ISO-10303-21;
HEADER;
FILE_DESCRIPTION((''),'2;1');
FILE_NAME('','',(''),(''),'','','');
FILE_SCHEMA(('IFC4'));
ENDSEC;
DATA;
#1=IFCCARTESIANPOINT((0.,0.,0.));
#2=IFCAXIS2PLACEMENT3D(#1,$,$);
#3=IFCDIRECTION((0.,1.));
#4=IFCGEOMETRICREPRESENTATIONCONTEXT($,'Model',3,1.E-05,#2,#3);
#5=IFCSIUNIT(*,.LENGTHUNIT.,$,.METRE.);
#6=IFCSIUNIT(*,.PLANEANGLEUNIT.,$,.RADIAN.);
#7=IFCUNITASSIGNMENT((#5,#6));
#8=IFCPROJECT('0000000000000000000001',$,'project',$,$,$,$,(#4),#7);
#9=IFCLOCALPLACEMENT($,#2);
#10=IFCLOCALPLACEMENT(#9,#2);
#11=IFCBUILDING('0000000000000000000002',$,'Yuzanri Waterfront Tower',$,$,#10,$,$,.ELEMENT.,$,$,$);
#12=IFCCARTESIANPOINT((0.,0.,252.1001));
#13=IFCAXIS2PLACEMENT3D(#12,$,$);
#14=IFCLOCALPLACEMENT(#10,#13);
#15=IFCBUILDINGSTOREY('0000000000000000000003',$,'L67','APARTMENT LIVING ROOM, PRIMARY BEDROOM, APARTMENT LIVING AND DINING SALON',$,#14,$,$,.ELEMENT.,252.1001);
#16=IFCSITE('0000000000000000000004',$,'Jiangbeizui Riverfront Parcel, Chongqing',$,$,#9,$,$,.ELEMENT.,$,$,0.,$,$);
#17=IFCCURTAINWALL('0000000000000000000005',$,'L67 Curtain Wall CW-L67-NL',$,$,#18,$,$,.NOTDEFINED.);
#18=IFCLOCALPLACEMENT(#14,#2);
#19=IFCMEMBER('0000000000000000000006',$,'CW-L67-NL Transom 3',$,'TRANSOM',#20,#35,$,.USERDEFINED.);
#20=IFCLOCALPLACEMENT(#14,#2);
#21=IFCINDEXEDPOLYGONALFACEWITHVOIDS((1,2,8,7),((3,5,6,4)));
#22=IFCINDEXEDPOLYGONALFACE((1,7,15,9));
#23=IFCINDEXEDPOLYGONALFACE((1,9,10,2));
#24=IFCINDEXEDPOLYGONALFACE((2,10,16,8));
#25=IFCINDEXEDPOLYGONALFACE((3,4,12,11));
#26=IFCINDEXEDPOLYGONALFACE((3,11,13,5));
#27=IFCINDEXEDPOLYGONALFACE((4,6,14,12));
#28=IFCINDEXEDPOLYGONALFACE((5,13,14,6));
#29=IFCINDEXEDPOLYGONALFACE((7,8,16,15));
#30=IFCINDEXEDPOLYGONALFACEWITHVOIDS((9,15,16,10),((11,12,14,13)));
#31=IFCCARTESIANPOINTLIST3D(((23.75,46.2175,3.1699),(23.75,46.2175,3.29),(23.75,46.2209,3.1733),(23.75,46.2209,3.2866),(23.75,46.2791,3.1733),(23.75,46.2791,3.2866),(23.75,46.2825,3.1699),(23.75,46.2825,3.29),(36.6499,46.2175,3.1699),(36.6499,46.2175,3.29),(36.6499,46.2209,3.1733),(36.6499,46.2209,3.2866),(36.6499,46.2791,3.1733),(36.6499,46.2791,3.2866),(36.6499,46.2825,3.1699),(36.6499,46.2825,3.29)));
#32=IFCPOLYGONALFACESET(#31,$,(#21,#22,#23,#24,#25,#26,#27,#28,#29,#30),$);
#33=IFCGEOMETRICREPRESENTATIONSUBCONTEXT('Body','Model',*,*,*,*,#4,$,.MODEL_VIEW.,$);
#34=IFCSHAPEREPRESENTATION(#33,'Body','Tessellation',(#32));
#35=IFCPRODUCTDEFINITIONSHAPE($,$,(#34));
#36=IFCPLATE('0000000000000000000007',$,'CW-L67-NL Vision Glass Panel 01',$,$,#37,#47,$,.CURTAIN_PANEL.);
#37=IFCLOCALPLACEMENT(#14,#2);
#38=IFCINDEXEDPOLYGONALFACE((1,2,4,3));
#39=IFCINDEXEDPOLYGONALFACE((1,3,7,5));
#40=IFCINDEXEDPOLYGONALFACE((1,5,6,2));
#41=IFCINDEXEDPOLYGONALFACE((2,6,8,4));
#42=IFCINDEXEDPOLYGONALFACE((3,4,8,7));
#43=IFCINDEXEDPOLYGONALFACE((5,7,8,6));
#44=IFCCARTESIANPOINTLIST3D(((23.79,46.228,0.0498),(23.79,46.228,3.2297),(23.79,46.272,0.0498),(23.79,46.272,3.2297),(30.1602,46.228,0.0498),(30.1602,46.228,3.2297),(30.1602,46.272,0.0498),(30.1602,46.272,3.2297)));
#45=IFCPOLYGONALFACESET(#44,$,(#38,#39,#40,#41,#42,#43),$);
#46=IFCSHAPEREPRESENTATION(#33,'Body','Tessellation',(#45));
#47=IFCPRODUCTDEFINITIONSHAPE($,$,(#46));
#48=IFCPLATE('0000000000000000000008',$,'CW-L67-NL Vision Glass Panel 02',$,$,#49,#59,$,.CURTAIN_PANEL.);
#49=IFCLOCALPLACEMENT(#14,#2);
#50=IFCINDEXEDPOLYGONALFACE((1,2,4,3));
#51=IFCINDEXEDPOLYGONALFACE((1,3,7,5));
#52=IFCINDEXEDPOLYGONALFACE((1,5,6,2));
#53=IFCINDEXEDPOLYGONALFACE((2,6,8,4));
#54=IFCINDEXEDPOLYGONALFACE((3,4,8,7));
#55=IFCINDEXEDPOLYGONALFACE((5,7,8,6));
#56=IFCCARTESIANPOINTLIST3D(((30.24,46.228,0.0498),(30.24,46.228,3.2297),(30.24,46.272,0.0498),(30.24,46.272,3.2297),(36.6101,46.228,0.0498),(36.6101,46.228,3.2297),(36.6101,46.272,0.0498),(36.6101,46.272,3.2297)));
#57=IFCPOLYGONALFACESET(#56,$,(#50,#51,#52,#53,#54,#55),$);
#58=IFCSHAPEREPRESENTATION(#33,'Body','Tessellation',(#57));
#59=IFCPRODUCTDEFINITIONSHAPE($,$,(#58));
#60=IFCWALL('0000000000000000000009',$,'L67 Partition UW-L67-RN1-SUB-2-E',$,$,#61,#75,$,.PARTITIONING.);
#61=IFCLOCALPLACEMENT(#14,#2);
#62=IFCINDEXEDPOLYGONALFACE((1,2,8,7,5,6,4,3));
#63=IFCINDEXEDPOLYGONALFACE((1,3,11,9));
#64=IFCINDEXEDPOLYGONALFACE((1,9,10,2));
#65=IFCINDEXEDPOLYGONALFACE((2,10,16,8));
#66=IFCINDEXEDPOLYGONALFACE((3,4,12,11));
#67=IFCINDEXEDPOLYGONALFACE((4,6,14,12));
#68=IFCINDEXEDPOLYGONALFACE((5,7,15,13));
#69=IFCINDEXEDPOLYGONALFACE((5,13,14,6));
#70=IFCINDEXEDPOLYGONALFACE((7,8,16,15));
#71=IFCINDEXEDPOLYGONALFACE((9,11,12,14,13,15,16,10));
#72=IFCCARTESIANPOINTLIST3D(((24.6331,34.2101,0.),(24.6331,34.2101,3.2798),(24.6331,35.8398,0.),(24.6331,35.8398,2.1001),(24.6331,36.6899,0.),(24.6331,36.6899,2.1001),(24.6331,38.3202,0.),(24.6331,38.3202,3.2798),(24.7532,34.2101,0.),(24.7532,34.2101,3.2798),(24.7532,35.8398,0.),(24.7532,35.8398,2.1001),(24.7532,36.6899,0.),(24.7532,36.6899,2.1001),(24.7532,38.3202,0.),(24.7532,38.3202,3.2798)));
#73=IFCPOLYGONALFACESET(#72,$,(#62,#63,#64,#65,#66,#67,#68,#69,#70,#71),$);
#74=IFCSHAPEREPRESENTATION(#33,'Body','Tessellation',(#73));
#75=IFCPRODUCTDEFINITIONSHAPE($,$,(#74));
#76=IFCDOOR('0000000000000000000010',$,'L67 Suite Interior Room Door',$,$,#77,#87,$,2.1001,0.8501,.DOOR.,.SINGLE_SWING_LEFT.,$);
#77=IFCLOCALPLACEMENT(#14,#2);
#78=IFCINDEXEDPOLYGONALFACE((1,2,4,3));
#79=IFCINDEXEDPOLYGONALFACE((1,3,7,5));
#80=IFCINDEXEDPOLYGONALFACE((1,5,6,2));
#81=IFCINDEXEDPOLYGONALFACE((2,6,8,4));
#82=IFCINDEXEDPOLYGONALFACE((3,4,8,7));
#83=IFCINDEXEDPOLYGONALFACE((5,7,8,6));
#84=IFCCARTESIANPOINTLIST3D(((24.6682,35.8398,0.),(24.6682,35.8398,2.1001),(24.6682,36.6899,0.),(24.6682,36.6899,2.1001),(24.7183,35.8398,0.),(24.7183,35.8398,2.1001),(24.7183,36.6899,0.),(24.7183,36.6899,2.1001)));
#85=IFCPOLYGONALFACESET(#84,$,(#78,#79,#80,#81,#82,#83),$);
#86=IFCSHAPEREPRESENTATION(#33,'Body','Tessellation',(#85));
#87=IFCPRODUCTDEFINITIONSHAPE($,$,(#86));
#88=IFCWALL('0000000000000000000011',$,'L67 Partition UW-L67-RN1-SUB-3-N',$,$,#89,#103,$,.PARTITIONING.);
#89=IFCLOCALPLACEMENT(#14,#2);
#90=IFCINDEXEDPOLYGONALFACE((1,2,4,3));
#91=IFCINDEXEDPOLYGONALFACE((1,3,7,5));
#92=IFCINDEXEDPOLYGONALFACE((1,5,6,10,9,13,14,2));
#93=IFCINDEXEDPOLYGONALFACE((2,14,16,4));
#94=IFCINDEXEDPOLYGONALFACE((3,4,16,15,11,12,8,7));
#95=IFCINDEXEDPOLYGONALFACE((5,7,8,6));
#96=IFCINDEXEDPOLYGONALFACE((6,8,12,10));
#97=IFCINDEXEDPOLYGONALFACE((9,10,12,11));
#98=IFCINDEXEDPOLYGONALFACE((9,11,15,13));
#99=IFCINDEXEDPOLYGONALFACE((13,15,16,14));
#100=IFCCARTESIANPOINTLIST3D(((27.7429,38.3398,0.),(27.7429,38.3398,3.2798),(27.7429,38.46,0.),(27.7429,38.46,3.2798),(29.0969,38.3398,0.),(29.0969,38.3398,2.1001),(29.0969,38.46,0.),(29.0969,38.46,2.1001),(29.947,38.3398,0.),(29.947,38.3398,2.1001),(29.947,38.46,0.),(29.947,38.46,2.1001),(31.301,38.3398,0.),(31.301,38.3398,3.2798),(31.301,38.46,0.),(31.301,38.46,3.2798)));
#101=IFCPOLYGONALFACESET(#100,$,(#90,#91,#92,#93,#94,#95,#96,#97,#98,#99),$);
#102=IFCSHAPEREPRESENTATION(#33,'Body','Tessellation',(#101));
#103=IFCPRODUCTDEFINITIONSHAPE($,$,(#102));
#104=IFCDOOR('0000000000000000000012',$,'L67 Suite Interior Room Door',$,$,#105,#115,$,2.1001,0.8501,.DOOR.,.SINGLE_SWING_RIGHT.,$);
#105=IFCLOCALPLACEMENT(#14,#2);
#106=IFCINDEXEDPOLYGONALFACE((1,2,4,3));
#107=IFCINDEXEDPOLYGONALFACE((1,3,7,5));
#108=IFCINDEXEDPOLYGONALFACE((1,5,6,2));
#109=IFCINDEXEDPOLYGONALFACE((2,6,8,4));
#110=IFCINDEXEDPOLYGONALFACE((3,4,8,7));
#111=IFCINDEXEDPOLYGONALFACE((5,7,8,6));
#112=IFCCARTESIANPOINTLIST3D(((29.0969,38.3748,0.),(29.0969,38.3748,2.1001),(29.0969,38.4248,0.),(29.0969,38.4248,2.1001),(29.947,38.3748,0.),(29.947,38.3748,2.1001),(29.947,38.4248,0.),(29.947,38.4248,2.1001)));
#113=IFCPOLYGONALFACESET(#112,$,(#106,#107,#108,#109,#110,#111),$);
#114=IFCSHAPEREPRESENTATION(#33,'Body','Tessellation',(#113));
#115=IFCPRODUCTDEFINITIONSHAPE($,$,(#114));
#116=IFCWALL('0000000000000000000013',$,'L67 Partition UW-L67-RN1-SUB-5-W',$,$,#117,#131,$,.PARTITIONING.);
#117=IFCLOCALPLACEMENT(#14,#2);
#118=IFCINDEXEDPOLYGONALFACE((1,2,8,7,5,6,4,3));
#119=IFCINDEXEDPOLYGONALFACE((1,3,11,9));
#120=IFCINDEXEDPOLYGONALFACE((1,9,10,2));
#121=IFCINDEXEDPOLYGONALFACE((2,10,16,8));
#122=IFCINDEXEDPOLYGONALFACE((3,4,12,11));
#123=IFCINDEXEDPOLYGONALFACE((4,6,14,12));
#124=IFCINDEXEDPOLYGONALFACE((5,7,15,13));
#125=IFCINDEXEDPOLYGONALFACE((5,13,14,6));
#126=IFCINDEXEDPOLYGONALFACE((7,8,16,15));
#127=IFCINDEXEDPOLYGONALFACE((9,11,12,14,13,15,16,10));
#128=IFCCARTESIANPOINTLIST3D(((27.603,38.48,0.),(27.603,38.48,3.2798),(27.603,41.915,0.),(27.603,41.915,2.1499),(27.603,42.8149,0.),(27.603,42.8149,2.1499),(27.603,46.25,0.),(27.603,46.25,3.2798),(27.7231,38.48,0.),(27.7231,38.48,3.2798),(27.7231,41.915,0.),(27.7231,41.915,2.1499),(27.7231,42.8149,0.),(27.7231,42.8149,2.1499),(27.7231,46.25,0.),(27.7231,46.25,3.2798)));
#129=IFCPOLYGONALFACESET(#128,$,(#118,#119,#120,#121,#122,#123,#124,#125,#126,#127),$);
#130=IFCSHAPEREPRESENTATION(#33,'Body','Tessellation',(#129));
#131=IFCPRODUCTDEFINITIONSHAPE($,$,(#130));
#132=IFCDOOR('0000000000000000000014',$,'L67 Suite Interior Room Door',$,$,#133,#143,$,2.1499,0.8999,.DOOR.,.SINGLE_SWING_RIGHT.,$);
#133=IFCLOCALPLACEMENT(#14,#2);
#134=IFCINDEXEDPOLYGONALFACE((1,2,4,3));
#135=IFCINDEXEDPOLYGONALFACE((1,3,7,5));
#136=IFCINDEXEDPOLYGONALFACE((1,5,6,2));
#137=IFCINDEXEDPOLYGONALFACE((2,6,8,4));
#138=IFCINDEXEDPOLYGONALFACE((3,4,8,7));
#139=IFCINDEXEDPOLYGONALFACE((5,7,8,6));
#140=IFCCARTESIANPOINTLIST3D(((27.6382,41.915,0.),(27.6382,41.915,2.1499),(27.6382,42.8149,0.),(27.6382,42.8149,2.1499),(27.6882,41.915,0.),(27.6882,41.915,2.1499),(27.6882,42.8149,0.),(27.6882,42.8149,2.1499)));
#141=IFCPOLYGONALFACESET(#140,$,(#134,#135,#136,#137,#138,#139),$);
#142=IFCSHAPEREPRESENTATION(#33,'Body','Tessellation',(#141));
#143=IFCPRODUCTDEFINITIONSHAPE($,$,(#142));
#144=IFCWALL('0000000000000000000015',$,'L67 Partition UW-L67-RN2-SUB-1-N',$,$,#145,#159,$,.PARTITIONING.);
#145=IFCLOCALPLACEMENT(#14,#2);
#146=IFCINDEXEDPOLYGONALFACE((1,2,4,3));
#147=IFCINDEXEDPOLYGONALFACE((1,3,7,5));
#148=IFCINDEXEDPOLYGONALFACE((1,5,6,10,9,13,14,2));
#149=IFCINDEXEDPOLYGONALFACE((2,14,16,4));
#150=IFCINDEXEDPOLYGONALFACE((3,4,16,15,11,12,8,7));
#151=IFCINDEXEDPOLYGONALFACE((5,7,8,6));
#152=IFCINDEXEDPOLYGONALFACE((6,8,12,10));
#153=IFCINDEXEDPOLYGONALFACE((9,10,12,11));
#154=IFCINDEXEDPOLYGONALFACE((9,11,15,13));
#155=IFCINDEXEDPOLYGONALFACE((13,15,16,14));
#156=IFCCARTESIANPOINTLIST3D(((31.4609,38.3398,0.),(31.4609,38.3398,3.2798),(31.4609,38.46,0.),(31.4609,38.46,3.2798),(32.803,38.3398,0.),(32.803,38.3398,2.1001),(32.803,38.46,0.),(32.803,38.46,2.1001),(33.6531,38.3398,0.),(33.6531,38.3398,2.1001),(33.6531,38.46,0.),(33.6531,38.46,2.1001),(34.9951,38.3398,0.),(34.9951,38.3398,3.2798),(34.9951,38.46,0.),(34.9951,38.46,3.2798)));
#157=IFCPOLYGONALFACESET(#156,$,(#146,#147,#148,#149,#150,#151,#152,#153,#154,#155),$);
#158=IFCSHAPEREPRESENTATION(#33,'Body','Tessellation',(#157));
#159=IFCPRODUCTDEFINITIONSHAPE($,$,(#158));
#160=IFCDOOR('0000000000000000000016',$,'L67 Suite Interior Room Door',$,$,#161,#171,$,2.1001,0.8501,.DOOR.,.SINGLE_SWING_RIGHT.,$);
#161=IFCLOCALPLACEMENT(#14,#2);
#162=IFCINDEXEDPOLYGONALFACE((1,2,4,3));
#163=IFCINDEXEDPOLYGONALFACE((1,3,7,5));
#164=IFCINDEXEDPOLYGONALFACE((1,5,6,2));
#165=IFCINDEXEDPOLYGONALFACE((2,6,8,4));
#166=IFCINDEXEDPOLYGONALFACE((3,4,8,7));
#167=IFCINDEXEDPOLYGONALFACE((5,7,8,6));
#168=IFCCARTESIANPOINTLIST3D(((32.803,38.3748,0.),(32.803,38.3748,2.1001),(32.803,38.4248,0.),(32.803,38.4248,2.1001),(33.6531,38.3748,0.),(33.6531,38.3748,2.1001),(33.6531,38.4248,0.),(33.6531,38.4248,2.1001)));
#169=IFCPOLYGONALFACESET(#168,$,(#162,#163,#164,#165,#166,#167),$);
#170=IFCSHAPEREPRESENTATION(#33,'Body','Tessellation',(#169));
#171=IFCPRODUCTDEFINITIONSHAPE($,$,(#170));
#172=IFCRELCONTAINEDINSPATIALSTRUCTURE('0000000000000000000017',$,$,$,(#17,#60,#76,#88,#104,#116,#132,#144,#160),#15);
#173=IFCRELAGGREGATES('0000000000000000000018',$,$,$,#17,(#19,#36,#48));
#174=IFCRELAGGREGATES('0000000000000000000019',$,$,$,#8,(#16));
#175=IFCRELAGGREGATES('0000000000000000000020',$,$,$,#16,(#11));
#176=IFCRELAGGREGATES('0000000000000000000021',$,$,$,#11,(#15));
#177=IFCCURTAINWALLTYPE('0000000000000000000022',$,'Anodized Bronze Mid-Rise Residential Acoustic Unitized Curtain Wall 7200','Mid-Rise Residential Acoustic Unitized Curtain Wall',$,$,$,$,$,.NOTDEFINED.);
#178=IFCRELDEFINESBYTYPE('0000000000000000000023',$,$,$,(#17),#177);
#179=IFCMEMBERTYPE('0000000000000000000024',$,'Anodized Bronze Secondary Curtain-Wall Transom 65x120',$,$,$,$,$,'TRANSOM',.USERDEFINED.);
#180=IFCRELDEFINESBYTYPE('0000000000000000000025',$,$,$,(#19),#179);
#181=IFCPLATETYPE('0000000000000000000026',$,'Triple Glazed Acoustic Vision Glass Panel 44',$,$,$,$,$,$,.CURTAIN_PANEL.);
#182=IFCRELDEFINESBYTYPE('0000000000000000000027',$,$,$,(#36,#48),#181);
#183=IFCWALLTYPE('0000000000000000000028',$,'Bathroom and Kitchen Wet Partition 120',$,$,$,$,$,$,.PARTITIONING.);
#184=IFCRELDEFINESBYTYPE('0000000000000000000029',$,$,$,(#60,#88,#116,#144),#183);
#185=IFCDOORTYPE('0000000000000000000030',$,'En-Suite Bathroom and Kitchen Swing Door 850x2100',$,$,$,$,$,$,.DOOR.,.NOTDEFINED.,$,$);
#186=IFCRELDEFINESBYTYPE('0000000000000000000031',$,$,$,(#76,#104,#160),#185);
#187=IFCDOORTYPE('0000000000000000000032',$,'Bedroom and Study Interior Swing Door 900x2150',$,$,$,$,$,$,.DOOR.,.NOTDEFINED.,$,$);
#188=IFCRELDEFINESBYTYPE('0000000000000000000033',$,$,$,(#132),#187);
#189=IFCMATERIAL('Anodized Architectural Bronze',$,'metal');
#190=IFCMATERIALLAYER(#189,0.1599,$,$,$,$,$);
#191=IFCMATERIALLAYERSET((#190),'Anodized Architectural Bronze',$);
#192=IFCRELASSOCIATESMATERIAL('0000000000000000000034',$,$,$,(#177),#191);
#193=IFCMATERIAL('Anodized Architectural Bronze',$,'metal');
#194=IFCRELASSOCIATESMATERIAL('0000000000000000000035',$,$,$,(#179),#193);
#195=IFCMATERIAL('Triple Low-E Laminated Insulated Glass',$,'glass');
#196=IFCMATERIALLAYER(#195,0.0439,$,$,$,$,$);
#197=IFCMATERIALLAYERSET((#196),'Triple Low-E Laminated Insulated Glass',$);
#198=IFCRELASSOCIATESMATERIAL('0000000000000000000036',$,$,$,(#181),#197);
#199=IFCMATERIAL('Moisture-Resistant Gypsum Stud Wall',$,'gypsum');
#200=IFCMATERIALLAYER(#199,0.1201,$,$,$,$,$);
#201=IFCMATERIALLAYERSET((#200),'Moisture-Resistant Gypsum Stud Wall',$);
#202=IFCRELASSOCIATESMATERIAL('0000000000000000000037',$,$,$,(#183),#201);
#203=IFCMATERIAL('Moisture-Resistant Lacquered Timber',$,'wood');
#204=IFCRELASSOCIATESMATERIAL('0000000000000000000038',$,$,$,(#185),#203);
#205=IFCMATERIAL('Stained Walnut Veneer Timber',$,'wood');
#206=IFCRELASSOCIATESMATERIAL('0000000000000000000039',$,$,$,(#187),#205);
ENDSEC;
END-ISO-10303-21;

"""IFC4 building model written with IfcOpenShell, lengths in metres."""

from ifc_helpers import new_model, si_unit, direction, frame, frame_2d, origin, origin_2d, place, context, subcontext, project, spatial, rectangle, hollow_rectangle, extrude, source, transform, mapped, material, layer, layer_set, material_profile, profile_set, type_object, element, fill, aggregate, save


model = new_model("IFC4")

# Units and contexts
model_context = context("Model", 3, precision=1e-05, world=origin(), true_north=direction((0.0, 1.0)))
body_context = subcontext(model_context, "Body", "Model", "MODEL_VIEW")
ifc_project = project(units=[si_unit("LENGTHUNIT", "METRE"), si_unit("PLANEANGLEUNIT", "RADIAN")], contexts=[model_context])

# Site, building, storey
site_placement = place(None, origin())
site = spatial("IfcSite", under=ifc_project, at=site_placement, Name="Jiangbeizui Riverfront Parcel, Chongqing", CompositionType="ELEMENT", RefElevation=0.0)
building_placement = place(site_placement, origin())
building = spatial("IfcBuilding", under=site, at=building_placement, Name="Yuzanri Waterfront Tower", CompositionType="ELEMENT")
storey_placement = place(building_placement, frame((0.0, 0.0, 252.1001)))
storey = spatial("IfcBuildingStorey", under=building, at=storey_placement, Name="L67", Description="APARTMENT LIVING ROOM, PRIMARY BEDROOM, APARTMENT LIVING AND DINING SALON", CompositionType="ELEMENT", Elevation=252.1001)

# Curtain wall, member, plates
ifc_material_1 = material(Name="Anodized Architectural Bronze", Category="metal")
ifc_layer_1 = layer(ifc_material_1, 0.1599)
ifc_layer_set_1 = layer_set([ifc_layer_1], Name="Anodized Architectural Bronze")
curtain_wall_type = type_object("IfcCurtainWallType", Name="Anodized Bronze Mid-Rise Residential Acoustic Unitized Curtain Wall 7200", Description="Mid-Rise Residential Acoustic Unitized Curtain Wall", PredefinedType="NOTDEFINED", material=ifc_layer_set_1)
curtain_wall_placement = place(storey_placement, origin())
curtain_wall = element("IfcCurtainWall", 1, at=curtain_wall_placement, inside=storey, type_object=curtain_wall_type, Name="L67 Curtain Wall CW-L67-NL", PredefinedType="NOTDEFINED")
ifc_material_2 = material(Name="Anodized Architectural Bronze", Category="metal")
ifc_material_profile_1 = material_profile(ifc_material_2, hollow_rectangle(XDim=0.0649, YDim=0.1201, WallThickness=0.0034, at=origin_2d()), Name="CWT 65x120")
ifc_profile_set_1 = profile_set([ifc_material_profile_1], Name="Anodized Architectural Bronze")
member_type_1 = type_object("IfcMemberType", Name="Anodized Bronze Secondary Curtain-Wall Transom 65x120", ElementType="TRANSOM", PredefinedType="USERDEFINED", material=ifc_profile_set_1)
shared_shape_1 = source(origin(), body_context, "Body", "SweptSolid", [
    extrude(hollow_rectangle(XDim=0.0649, YDim=0.1201, WallThickness=0.0034, at=origin_2d()), origin(), (0.0, 0.0, 1.0), 12.8999),
])
member_1_placement = place(storey_placement, frame((23.75, 46.25, 3.23), z_axis=(1.0, 0.0, 0.0), x_axis=(0.0, 1.0, 0.0)))
member_1 = element("IfcMember", 2, at=member_1_placement, type_object=member_type_1, Name="CW-L67-NL Transom 3", ObjectType="TRANSOM", PredefinedType="USERDEFINED", context=body_context, shape_type="MappedRepresentation", body=[
    mapped(shared_shape_1, transform((0.0, 0.0, 0.0), scale=1.0)),
])
ifc_material_3 = material(Name="Triple Low-E Laminated Insulated Glass", Category="glass")
ifc_layer_2 = layer(ifc_material_3, 0.0439)
ifc_layer_set_2 = layer_set([ifc_layer_2], Name="Triple Low-E Laminated Insulated Glass")
plate_type = type_object("IfcPlateType", Name="Triple Glazed Acoustic Vision Glass Panel 44", PredefinedType="CURTAIN_PANEL", material=ifc_layer_set_2)
shared_shape_2 = source(origin(), body_context, "Body", "SweptSolid", [
    extrude(rectangle(XDim=6.3701, YDim=0.0439, at=origin_2d()), origin(), (0.0, 0.0, 1.0), 3.1799),
])
plate_1_placement = place(storey_placement, frame((26.9751, 46.25, 0.0498), z_axis=(0.0, 0.0, 1.0), x_axis=(1.0, 0.0, 0.0)))
plate_1 = element("IfcPlate", 3, at=plate_1_placement, type_object=plate_type, Name="CW-L67-NL Vision Glass Panel 01", PredefinedType="CURTAIN_PANEL", context=body_context, shape_type="MappedRepresentation", body=[
    mapped(shared_shape_2, transform((0.0, 0.0, 0.0), scale=1.0)),
])
plate_2_placement = place(storey_placement, frame((33.425, 46.25, 0.0498), z_axis=(0.0, 0.0, 1.0), x_axis=(1.0, 0.0, 0.0)))
plate_2 = element("IfcPlate", 4, at=plate_2_placement, type_object=plate_type, Name="CW-L67-NL Vision Glass Panel 02", PredefinedType="CURTAIN_PANEL", context=body_context, shape_type="MappedRepresentation", body=[
    mapped(shared_shape_2, transform((0.0, 0.0, 0.0), scale=1.0)),
])
aggregate(curtain_wall, [member_1, plate_1, plate_2])

# Walls, openings, doors
ifc_material_4 = material(Name="Moisture-Resistant Gypsum Stud Wall", Category="gypsum")
ifc_layer_3 = layer(ifc_material_4, 0.1201)
ifc_layer_set_3 = layer_set([ifc_layer_3], Name="Moisture-Resistant Gypsum Stud Wall")
wall_type_1 = type_object("IfcWallType", Name="Bathroom and Kitchen Wet Partition 120", PredefinedType="PARTITIONING", material=ifc_layer_set_3)
wall_1_placement = place(storey_placement, frame((24.6931, 34.21, 0.0), z_axis=(0.0, 0.0, 1.0), x_axis=(0.0, 1.0, 0.0)))
wall_1 = element("IfcWall", 5, at=wall_1_placement, inside=storey, type_object=wall_type_1, Name="L67 Partition UW-L67-RN1-SUB-2-E", PredefinedType="PARTITIONING", context=body_context, shape_type="SweptSolid", body=[
    extrude(rectangle(XDim=4.1101, YDim=0.1201, at=frame_2d((2.0552, 0.0))), origin(), (0.0, 0.0, 1.0), 3.2798),
])
opening_1_placement = place(wall_1_placement, frame((1.6299, 0.0, 0.0)))
opening_1 = element("IfcOpeningElement", 6, at=opening_1_placement, cuts=wall_1, PredefinedType="OPENING", context=body_context, shape_type="SweptSolid", body=[
    extrude(rectangle(XDim=0.8501, YDim=2.1001, at=frame_2d((0.425, 1.05))), frame((0.0, 0.075, 0.0), z_axis=(0.0, -1.0, 0.0), x_axis=(1.0, 0.0, 0.0)), (0.0, 0.0, 1.0), 0.1499),
])
ifc_material_5 = material(Name="Moisture-Resistant Lacquered Timber", Category="wood")
door_type_1 = type_object("IfcDoorType", Name="En-Suite Bathroom and Kitchen Swing Door 850x2100", OperationType="NOTDEFINED", PredefinedType="DOOR", material=ifc_material_5)
shared_shape_3 = source(origin(), body_context, "Body", "SweptSolid", [
    extrude(rectangle(XDim=0.8501, YDim=2.1001, at=frame_2d((0.425, 1.05))), frame((0.0, 0.0249, 0.0), z_axis=(0.0, -1.0, 0.0), x_axis=(1.0, 0.0, 0.0)), (0.0, 0.0, 1.0), 0.05),
])
door_1_placement = place(opening_1_placement, origin())
door_1 = element("IfcDoor", 7, at=door_1_placement, inside=storey, type_object=door_type_1, Name="L67 Suite Interior Room Door", OperationType="SINGLE_SWING_LEFT", OverallHeight=2.1001, OverallWidth=0.8501, PredefinedType="DOOR", context=body_context, shape_type="MappedRepresentation", body=[
    mapped(shared_shape_3, transform((0.0, 0.0, 0.0), scale=1.0)),
])
fill(opening_1, door_1)
wall_2_placement = place(storey_placement, frame((27.7429, 38.3999, 0.0), z_axis=(0.0, 0.0, 1.0), x_axis=(1.0, 0.0, 0.0)))
wall_2 = element("IfcWall", 8, at=wall_2_placement, inside=storey, type_object=wall_type_1, Name="L67 Partition UW-L67-RN1-SUB-3-N", PredefinedType="PARTITIONING", context=body_context, shape_type="SweptSolid", body=[
    extrude(rectangle(XDim=3.5581, YDim=0.1201, at=frame_2d((1.7791, 0.0))), origin(), (0.0, 0.0, 1.0), 3.2798),
])
opening_2_placement = place(wall_2_placement, frame((1.354, 0.0, 0.0)))
opening_2 = element("IfcOpeningElement", 9, at=opening_2_placement, cuts=wall_2, PredefinedType="OPENING", context=body_context, shape_type="SweptSolid", body=[
    extrude(rectangle(XDim=0.8501, YDim=2.1001, at=frame_2d((0.425, 1.05))), frame((0.0, 0.075, 0.0), z_axis=(0.0, -1.0, 0.0), x_axis=(1.0, 0.0, 0.0)), (0.0, 0.0, 1.0), 0.1499),
])
door_2_placement = place(opening_2_placement, origin())
door_2 = element("IfcDoor", 10, at=door_2_placement, inside=storey, type_object=door_type_1, Name="L67 Suite Interior Room Door", OperationType="SINGLE_SWING_RIGHT", OverallHeight=2.1001, OverallWidth=0.8501, PredefinedType="DOOR", context=body_context, shape_type="MappedRepresentation", body=[
    mapped(shared_shape_3, transform((0.0, 0.0, 0.0), scale=1.0)),
])
fill(opening_2, door_2)
wall_3_placement = place(storey_placement, frame((27.6631, 38.48, 0.0), z_axis=(0.0, 0.0, 1.0), x_axis=(0.0, 1.0, 0.0)))
wall_3 = element("IfcWall", 11, at=wall_3_placement, inside=storey, type_object=wall_type_1, Name="L67 Partition UW-L67-RN1-SUB-5-W", PredefinedType="PARTITIONING", context=body_context, shape_type="SweptSolid", body=[
    extrude(rectangle(XDim=7.77, YDim=0.1201, at=frame_2d((3.885, 0.0))), origin(), (0.0, 0.0, 1.0), 3.2798),
])
opening_3_placement = place(wall_3_placement, frame((3.4351, 0.0, 0.0)))
opening_3 = element("IfcOpeningElement", 12, at=opening_3_placement, cuts=wall_3, PredefinedType="OPENING", context=body_context, shape_type="SweptSolid", body=[
    extrude(rectangle(XDim=0.8999, YDim=2.1499, at=frame_2d((0.45, 1.075))), frame((0.0, 0.075, 0.0), z_axis=(0.0, -1.0, 0.0), x_axis=(1.0, 0.0, 0.0)), (0.0, 0.0, 1.0), 0.1499),
])
ifc_material_6 = material(Name="Stained Walnut Veneer Timber", Category="wood")
door_type_2 = type_object("IfcDoorType", Name="Bedroom and Study Interior Swing Door 900x2150", OperationType="NOTDEFINED", PredefinedType="DOOR", material=ifc_material_6)
shared_shape_4 = source(origin(), body_context, "Body", "SweptSolid", [
    extrude(rectangle(XDim=0.8999, YDim=2.1499, at=frame_2d((0.45, 1.075))), frame((0.0, 0.0249, 0.0), z_axis=(0.0, -1.0, 0.0), x_axis=(1.0, 0.0, 0.0)), (0.0, 0.0, 1.0), 0.05),
])
door_3_placement = place(opening_3_placement, origin())
door_3 = element("IfcDoor", 13, at=door_3_placement, inside=storey, type_object=door_type_2, Name="L67 Suite Interior Room Door", OperationType="SINGLE_SWING_RIGHT", OverallHeight=2.1499, OverallWidth=0.8999, PredefinedType="DOOR", context=body_context, shape_type="MappedRepresentation", body=[
    mapped(shared_shape_4, transform((0.0, 0.0, 0.0), scale=1.0)),
])
fill(opening_3, door_3)
wall_4_placement = place(storey_placement, frame((31.4609, 38.3999, 0.0), z_axis=(0.0, 0.0, 1.0), x_axis=(1.0, 0.0, 0.0)))
wall_4 = element("IfcWall", 14, at=wall_4_placement, inside=storey, type_object=wall_type_1, Name="L67 Partition UW-L67-RN2-SUB-1-N", PredefinedType="PARTITIONING", context=body_context, shape_type="SweptSolid", body=[
    extrude(rectangle(XDim=3.5342, YDim=0.1201, at=frame_2d((1.7671, 0.0))), origin(), (0.0, 0.0, 1.0), 3.2798),
])
opening_4_placement = place(wall_4_placement, frame((1.342, 0.0, 0.0)))
opening_4 = element("IfcOpeningElement", 15, at=opening_4_placement, cuts=wall_4, PredefinedType="OPENING", context=body_context, shape_type="SweptSolid", body=[
    extrude(rectangle(XDim=0.8501, YDim=2.1001, at=frame_2d((0.425, 1.05))), frame((0.0, 0.075, 0.0), z_axis=(0.0, -1.0, 0.0), x_axis=(1.0, 0.0, 0.0)), (0.0, 0.0, 1.0), 0.1499),
])
door_4_placement = place(opening_4_placement, origin())
door_4 = element("IfcDoor", 16, at=door_4_placement, inside=storey, type_object=door_type_1, Name="L67 Suite Interior Room Door", OperationType="SINGLE_SWING_RIGHT", OverallHeight=2.1001, OverallWidth=0.8501, PredefinedType="DOOR", context=body_context, shape_type="MappedRepresentation", body=[
    mapped(shared_shape_3, transform((0.0, 0.0, 0.0), scale=1.0)),
])
fill(opening_4, door_4)

save(model, "model.ifc")
